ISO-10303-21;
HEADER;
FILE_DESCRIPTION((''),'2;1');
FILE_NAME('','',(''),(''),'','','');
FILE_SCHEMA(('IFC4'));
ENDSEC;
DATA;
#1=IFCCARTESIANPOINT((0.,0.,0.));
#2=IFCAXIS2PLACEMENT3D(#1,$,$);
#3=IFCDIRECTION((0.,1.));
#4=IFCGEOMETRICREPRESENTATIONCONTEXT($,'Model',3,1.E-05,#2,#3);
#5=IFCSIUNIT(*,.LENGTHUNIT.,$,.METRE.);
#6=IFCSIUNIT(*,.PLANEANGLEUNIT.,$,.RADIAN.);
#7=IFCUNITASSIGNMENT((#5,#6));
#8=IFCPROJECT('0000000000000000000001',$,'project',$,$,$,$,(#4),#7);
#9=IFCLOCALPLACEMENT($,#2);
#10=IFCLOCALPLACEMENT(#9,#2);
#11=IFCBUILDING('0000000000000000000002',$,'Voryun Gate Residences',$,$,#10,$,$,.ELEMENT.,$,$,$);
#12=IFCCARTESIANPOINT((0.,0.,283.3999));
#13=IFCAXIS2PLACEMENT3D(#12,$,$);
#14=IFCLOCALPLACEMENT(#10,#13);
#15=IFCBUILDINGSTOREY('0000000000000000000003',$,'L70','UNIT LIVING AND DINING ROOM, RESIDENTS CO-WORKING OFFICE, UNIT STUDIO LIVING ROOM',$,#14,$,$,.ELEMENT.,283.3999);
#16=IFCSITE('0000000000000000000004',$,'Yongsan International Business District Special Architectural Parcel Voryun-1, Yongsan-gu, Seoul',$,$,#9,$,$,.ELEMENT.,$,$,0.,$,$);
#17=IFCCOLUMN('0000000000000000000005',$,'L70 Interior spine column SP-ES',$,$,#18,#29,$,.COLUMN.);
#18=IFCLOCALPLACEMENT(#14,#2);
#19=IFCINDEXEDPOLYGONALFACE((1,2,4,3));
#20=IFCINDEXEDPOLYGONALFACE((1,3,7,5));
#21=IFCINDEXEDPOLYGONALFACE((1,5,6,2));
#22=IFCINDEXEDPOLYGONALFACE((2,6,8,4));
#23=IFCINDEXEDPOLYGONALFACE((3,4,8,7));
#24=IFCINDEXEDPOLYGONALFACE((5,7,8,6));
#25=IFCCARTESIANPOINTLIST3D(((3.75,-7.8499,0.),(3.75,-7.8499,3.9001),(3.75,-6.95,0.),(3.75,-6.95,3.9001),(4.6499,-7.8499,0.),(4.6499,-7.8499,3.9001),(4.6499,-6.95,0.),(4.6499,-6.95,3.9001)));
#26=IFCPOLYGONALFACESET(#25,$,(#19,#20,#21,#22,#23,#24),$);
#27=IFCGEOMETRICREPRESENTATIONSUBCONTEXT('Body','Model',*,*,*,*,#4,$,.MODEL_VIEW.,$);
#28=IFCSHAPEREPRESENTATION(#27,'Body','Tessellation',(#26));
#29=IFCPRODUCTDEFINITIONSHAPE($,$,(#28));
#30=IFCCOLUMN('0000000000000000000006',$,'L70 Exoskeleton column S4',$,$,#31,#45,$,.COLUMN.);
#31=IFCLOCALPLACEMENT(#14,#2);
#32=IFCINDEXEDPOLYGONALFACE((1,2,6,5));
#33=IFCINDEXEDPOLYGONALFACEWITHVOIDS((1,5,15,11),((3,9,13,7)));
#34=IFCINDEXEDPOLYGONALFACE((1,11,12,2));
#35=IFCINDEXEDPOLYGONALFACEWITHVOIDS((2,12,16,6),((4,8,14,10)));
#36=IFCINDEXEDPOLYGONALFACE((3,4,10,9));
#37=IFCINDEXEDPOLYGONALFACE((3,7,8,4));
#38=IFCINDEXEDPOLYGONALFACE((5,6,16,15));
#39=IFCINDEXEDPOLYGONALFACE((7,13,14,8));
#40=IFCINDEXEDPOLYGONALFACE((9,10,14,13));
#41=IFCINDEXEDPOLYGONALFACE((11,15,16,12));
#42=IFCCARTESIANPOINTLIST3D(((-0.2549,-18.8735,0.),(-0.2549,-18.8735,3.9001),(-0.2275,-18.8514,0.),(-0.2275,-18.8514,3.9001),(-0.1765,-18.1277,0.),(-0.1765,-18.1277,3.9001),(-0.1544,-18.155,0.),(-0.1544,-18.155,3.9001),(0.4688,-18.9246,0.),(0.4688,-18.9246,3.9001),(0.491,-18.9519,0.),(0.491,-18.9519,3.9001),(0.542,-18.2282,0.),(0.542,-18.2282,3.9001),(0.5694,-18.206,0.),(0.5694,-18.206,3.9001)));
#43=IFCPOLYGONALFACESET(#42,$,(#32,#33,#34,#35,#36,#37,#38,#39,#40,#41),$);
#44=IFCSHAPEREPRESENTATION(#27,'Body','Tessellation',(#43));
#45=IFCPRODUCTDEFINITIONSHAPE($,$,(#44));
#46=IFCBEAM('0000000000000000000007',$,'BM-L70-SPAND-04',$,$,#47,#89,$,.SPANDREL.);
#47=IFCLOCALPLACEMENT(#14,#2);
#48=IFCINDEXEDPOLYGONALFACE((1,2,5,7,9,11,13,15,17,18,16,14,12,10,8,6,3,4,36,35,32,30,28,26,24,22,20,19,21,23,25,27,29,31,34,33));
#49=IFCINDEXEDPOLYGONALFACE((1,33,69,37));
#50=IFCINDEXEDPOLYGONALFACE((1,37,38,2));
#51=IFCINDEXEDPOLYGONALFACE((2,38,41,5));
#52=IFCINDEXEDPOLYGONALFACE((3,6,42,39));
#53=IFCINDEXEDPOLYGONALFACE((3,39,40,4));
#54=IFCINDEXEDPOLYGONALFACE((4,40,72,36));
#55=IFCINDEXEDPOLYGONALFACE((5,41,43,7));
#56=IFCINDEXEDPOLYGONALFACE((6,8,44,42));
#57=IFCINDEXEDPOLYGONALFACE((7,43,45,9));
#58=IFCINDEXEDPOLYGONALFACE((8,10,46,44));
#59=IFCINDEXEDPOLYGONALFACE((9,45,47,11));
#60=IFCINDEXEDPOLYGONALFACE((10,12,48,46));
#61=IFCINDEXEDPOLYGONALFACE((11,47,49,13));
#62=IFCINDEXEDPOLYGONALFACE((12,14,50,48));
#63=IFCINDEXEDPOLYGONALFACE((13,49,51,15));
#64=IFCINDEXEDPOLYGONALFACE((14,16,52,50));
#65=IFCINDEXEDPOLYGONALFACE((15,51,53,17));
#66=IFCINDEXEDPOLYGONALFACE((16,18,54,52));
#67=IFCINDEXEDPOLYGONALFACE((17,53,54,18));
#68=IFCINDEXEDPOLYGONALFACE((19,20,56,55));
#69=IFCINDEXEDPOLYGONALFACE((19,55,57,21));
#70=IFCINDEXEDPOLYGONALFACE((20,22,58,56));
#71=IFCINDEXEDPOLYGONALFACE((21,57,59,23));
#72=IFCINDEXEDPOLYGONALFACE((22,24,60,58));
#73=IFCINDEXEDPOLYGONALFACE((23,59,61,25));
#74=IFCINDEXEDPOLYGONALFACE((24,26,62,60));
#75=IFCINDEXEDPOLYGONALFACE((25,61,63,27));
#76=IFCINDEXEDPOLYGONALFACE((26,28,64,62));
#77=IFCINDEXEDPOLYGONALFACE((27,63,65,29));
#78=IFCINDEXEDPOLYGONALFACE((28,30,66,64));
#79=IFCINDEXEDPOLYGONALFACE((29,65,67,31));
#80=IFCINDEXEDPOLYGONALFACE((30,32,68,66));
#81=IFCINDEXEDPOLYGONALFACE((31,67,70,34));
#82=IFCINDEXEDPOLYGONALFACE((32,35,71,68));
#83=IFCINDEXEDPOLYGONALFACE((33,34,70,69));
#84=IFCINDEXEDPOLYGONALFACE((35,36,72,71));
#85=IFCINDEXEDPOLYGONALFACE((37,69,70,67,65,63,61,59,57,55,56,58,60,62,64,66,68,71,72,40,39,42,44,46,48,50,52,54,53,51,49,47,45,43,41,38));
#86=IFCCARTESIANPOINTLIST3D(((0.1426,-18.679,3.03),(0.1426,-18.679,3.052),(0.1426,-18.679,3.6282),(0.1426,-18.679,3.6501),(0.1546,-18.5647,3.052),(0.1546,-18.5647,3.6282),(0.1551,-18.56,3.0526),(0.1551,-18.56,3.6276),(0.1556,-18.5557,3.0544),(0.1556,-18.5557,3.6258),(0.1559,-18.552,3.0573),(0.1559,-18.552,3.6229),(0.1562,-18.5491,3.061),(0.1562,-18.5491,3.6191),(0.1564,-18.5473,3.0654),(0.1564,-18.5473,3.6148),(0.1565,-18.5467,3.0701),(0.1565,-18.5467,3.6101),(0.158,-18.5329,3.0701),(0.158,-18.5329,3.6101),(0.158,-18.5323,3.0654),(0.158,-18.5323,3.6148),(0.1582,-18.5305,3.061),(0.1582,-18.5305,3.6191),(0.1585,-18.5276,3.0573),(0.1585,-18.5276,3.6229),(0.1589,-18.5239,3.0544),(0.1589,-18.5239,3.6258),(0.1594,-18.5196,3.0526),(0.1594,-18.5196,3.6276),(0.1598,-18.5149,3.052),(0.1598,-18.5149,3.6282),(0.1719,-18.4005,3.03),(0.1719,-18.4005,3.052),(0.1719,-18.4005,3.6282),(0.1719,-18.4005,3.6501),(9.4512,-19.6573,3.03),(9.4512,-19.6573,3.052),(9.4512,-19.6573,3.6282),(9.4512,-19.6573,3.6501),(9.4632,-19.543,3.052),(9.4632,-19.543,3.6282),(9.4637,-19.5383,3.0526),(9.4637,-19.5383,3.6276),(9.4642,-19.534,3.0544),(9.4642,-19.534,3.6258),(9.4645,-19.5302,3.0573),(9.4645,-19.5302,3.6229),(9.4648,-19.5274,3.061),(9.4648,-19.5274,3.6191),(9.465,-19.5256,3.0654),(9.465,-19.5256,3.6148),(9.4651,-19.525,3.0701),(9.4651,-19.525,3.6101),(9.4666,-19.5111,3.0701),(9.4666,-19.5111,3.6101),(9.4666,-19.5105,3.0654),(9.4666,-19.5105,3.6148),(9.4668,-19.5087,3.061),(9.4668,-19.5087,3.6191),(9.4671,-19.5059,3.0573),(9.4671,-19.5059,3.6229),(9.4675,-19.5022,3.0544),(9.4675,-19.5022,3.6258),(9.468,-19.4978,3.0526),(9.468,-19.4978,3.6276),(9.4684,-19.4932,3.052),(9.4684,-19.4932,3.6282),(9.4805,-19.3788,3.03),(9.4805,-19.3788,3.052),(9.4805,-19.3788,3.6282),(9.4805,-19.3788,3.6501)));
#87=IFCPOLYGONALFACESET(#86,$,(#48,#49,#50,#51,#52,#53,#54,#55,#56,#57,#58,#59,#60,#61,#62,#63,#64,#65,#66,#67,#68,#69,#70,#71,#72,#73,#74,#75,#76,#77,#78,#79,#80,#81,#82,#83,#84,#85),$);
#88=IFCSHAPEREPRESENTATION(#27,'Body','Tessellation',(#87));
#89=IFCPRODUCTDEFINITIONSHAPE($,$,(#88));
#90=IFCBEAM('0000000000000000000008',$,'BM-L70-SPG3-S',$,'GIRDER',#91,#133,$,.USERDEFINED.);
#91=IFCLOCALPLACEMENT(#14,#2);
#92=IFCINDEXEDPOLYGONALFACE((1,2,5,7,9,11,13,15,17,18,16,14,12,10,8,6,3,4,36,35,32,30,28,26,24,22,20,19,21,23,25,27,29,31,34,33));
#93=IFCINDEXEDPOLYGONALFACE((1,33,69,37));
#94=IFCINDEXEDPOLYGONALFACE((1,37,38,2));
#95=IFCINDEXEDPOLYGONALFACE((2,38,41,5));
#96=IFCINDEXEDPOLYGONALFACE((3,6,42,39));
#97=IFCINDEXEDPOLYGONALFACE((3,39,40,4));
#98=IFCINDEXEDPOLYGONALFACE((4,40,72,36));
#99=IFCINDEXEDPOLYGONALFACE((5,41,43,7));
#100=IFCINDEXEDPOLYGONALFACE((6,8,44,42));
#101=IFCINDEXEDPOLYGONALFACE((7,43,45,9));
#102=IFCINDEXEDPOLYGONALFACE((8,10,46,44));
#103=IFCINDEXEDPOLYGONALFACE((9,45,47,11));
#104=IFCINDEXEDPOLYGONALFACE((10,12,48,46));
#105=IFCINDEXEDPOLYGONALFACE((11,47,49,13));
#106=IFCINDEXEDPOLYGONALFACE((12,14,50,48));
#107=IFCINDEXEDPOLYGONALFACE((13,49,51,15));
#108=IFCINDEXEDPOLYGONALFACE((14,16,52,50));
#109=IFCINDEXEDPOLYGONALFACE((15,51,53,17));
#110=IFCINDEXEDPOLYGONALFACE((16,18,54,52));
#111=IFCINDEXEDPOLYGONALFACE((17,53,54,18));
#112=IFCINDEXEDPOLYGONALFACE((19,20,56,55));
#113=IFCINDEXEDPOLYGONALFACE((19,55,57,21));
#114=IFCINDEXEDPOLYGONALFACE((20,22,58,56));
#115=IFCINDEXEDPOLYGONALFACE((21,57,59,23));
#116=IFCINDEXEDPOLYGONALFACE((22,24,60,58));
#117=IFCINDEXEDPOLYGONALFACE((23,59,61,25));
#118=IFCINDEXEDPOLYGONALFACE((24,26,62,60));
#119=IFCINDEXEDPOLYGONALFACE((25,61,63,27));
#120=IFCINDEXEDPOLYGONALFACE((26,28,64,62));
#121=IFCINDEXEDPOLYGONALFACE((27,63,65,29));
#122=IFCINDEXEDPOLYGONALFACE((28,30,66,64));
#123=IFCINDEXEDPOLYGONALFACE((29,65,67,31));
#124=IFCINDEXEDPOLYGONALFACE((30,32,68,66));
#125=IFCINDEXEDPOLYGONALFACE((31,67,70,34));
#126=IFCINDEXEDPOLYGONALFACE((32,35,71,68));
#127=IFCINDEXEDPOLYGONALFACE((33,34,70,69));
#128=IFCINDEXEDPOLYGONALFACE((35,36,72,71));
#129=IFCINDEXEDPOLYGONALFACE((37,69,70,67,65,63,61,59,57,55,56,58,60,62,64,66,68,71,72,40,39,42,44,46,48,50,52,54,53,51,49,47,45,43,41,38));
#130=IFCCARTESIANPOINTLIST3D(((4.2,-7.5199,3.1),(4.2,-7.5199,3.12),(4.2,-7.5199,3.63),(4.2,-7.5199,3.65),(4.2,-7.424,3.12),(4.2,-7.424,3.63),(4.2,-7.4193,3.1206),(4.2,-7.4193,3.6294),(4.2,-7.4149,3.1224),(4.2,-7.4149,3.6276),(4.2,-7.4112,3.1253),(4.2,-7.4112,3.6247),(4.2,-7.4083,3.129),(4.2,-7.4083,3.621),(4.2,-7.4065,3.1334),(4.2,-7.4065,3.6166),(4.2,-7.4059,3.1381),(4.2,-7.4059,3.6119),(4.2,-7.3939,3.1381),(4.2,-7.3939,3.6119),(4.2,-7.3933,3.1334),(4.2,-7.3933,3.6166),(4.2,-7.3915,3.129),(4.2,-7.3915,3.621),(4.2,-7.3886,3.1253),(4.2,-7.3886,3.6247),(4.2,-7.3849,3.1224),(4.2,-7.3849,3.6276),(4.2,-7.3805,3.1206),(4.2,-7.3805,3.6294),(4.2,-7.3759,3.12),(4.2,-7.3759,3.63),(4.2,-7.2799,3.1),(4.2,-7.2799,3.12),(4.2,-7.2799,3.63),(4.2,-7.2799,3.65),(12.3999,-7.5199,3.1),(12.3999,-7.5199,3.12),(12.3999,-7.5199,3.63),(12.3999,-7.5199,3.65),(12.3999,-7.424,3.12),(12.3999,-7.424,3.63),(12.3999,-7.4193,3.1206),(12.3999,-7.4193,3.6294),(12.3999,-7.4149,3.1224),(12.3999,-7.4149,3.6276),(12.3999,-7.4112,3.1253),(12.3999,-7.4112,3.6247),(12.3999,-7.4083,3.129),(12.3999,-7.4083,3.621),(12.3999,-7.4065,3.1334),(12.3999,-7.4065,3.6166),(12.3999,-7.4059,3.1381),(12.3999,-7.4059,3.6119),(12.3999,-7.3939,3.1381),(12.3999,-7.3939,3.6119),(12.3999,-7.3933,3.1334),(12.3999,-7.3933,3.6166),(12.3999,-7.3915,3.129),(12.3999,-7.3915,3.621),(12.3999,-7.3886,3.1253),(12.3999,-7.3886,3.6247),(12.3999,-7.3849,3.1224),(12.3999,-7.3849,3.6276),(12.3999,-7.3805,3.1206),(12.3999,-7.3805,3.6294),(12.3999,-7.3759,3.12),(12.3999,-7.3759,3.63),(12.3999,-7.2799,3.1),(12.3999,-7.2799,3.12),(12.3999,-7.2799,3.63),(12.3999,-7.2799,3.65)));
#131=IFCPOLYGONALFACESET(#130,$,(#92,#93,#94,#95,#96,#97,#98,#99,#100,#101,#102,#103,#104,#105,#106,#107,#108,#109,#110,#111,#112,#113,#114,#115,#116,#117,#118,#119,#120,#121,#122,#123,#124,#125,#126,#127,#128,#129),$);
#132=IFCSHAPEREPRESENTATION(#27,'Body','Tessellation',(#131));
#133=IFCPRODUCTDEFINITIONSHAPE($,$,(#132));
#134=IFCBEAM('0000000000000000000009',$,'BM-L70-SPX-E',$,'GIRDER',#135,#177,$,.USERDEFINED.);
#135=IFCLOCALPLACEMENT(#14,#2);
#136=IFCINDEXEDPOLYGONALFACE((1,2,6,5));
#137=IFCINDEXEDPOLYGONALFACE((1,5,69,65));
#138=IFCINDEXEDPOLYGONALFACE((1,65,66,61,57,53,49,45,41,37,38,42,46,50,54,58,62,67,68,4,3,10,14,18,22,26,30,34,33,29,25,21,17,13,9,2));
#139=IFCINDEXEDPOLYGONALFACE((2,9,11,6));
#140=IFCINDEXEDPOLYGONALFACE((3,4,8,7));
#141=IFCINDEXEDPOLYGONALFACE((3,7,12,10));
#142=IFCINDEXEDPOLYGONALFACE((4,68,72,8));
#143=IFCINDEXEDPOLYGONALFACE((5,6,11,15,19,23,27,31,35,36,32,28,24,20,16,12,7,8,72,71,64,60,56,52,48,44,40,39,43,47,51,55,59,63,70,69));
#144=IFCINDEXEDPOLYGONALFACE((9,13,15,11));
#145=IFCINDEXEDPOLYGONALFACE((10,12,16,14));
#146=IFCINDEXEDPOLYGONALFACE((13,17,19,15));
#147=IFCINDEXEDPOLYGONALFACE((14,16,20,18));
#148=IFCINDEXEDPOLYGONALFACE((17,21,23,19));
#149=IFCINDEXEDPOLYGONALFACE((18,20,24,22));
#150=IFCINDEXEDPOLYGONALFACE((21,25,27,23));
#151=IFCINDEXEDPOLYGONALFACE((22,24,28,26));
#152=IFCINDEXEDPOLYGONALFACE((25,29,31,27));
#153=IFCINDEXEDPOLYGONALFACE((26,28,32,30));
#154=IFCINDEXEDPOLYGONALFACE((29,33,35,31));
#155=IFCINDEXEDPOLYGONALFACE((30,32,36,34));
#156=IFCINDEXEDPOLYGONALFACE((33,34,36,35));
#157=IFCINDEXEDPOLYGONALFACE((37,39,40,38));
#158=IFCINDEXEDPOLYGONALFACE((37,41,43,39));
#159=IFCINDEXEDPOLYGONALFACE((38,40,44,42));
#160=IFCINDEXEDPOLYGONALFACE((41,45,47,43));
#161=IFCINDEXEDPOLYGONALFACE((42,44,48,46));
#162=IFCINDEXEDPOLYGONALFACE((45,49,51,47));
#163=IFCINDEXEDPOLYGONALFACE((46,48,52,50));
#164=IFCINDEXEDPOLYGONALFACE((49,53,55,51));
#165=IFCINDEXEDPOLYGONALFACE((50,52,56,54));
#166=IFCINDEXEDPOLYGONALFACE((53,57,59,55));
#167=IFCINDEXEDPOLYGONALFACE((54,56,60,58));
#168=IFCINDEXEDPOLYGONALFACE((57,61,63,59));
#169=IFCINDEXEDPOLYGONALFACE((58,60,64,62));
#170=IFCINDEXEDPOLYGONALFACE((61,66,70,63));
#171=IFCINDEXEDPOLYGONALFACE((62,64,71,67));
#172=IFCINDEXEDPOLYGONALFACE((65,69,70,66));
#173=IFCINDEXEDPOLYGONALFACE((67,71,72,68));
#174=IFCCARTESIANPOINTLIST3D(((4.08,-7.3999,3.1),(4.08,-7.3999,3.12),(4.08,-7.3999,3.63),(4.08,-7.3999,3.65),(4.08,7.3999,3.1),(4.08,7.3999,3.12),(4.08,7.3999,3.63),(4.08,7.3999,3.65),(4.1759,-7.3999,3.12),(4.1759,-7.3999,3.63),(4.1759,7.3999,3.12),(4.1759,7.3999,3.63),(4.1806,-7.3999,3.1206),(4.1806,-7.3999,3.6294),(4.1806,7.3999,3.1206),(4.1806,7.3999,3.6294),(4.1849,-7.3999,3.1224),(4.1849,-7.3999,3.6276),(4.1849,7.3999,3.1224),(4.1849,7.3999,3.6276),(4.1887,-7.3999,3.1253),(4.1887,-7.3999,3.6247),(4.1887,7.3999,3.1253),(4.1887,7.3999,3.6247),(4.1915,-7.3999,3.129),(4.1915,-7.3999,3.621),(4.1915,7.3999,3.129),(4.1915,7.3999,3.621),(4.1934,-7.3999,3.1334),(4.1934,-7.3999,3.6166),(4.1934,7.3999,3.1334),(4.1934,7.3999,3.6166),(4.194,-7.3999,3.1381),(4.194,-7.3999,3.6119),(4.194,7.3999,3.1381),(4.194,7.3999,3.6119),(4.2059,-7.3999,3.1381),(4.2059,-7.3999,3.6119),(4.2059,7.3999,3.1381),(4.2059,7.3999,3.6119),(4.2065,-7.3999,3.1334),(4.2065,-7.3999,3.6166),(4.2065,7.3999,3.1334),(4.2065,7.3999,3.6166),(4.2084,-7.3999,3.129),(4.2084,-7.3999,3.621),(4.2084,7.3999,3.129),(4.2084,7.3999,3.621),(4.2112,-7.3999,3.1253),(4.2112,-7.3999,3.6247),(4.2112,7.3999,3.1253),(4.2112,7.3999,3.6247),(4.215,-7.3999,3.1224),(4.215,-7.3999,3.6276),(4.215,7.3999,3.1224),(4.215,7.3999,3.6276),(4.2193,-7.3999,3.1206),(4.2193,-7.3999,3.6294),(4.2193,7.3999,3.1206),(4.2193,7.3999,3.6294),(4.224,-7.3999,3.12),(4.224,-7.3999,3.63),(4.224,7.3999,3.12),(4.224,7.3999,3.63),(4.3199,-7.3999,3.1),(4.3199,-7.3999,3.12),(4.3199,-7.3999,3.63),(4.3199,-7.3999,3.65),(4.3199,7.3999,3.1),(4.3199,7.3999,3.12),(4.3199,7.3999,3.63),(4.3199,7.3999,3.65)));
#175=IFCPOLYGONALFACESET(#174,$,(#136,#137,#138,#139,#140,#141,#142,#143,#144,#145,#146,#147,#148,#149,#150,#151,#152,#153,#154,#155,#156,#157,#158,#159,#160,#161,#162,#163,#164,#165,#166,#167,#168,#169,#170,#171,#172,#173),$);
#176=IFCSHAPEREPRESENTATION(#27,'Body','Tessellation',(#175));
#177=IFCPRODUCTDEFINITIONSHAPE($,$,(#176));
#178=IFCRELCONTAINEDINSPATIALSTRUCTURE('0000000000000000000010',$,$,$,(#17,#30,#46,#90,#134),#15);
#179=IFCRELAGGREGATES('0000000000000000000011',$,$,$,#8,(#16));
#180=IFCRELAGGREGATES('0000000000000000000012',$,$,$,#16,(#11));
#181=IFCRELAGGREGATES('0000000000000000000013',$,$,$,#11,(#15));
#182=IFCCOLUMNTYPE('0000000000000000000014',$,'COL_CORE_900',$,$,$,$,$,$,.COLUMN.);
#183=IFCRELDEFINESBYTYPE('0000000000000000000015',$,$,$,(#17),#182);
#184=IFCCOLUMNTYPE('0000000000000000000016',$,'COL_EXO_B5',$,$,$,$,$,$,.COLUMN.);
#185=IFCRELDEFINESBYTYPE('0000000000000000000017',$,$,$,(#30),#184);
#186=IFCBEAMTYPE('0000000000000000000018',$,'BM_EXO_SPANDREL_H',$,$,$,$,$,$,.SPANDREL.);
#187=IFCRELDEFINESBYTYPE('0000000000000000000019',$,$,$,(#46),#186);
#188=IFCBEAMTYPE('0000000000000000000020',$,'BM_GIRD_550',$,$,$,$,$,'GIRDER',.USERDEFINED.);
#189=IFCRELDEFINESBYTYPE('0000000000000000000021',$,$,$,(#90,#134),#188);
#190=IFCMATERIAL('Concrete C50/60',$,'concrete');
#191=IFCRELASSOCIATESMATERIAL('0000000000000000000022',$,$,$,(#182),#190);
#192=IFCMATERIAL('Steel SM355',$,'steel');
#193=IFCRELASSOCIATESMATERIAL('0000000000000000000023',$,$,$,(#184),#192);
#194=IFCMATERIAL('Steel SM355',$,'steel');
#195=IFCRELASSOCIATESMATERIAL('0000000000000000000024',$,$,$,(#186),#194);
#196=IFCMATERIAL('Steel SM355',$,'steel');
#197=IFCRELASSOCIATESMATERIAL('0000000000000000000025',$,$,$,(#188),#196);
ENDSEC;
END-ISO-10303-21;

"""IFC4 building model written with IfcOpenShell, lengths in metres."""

from ifc_helpers import new_model, si_unit, direction, frame, origin, origin_2d, place, context, subcontext, project, spatial, rectangle, hollow_rectangle, i_section, extrude, material, material_profile, profile_set, type_object, element, save


model = new_model("IFC4")

# Units and contexts
model_context = context("Model", 3, precision=1e-05, world=origin(), true_north=direction((0.0, 1.0)))
body_context = subcontext(model_context, "Body", "Model", "MODEL_VIEW")
ifc_project = project(units=[si_unit("LENGTHUNIT", "METRE"), si_unit("PLANEANGLEUNIT", "RADIAN")], contexts=[model_context])

# Site, building, storey
site_placement = place(None, origin())
site = spatial("IfcSite", under=ifc_project, at=site_placement, Name="Yongsan International Business District Special Architectural Parcel Voryun-1, Yongsan-gu, Seoul", CompositionType="ELEMENT", RefElevation=0.0)
building_placement = place(site_placement, origin())
building = spatial("IfcBuilding", under=site, at=building_placement, Name="Voryun Gate Residences", CompositionType="ELEMENT")
storey_placement = place(building_placement, frame((0.0, 0.0, 283.3999)))
storey = spatial("IfcBuildingStorey", under=building, at=storey_placement, Name="L70", Description="UNIT LIVING AND DINING ROOM, RESIDENTS CO-WORKING OFFICE, UNIT STUDIO LIVING ROOM", CompositionType="ELEMENT", Elevation=283.3999)

# Columns
ifc_material_1 = material(Name="Concrete C50/60", Category="concrete")
ifc_material_profile_1 = material_profile(ifc_material_1, rectangle(XDim=0.8999, YDim=0.8999, at=origin_2d()), Name="RC-900x900")
ifc_profile_set_1 = profile_set([ifc_material_profile_1], Name="Concrete C50/60")
column_type_1 = type_object("IfcColumnType", Name="COL_CORE_900", PredefinedType="COLUMN", material=ifc_profile_set_1)
column_1_placement = place(storey_placement, frame((4.2, -7.3999, 0.0), z_axis=(0.0, 0.0, 1.0), x_axis=(1.0, 0.0, 0.0)))
element("IfcColumn", 1, at=column_1_placement, inside=storey, type_object=column_type_1, Name="L70 Interior spine column SP-ES", PredefinedType="COLUMN", context=body_context, shape_type="SweptSolid", body=[
    extrude(rectangle(XDim=0.8999, YDim=0.8999, at=origin_2d()), origin(), (0.0, 0.0, 1.0), 3.9001),
])
ifc_material_2 = material(Name="Steel SM355", Category="steel")
ifc_material_profile_2 = material_profile(ifc_material_2, hollow_rectangle(XDim=0.75, YDim=0.75, WallThickness=0.0249, at=origin_2d()), Name="BOX-750x750x25")
ifc_profile_set_2 = profile_set([ifc_material_profile_2], Name="Steel SM355")
column_type_2 = type_object("IfcColumnType", Name="COL_EXO_B5", PredefinedType="COLUMN", material=ifc_profile_set_2)
column_2_placement = place(storey_placement, frame((0.1572, -18.5398, 0.0), z_axis=(0.0, 0.0, 1.0), x_axis=(0.994522, -0.104528, 0.0)))
element("IfcColumn", 2, at=column_2_placement, inside=storey, type_object=column_type_2, Name="L70 Exoskeleton column S4", PredefinedType="COLUMN", context=body_context, shape_type="SweptSolid", body=[
    extrude(hollow_rectangle(XDim=0.75, YDim=0.75, WallThickness=0.0249, at=origin_2d()), origin(), (0.0, 0.0, 1.0), 3.9001),
])

# Beams
ifc_material_3 = material(Name="Steel SM355", Category="steel")
ifc_material_profile_3 = material_profile(ifc_material_3, i_section(OverallWidth=0.28, OverallDepth=0.6201, WebThickness=0.0139, FlangeThickness=0.022, FilletRadius=0.0181, at=origin_2d()), Name="H-620x280x14x22")
ifc_profile_set_3 = profile_set([ifc_material_profile_3], Name="Steel SM355")
beam_type_1 = type_object("IfcBeamType", Name="BM_EXO_SPANDREL_H", PredefinedType="SPANDREL", material=ifc_profile_set_3)
beam_1_placement = place(storey_placement, frame((0.1572, -18.5398, 3.3401), z_axis=(0.994523, -0.104518, 0.0), x_axis=(0.104518, 0.994523, 0.0)))
element("IfcBeam", 3, at=beam_1_placement, inside=storey, type_object=beam_type_1, Name="BM-L70-SPAND-04", PredefinedType="SPANDREL", context=body_context, shape_type="SweptSolid", body=[
    extrude(i_section(OverallWidth=0.28, OverallDepth=0.6201, WebThickness=0.0139, FlangeThickness=0.022, FilletRadius=0.0181, at=origin_2d()), origin(), (0.0, 0.0, 1.0), 9.3599),
])
ifc_material_4 = material(Name="Steel SM355", Category="steel")
ifc_material_profile_4 = material_profile(ifc_material_4, i_section(OverallWidth=0.24, OverallDepth=0.55, WebThickness=0.012, FlangeThickness=0.02, FilletRadius=0.0181, at=origin_2d()), Name="H-550x240x12x20")
ifc_profile_set_4 = profile_set([ifc_material_profile_4], Name="Steel SM355")
beam_type_2 = type_object("IfcBeamType", Name="BM_GIRD_550", ElementType="GIRDER", PredefinedType="USERDEFINED", material=ifc_profile_set_4)
beam_2_placement = place(storey_placement, frame((4.2, -7.3999, 3.375), z_axis=(1.0, 0.0, 0.0), x_axis=(0.0, 1.0, 0.0)))
element("IfcBeam", 4, at=beam_2_placement, inside=storey, type_object=beam_type_2, Name="BM-L70-SPG3-S", ObjectType="GIRDER", PredefinedType="USERDEFINED", context=body_context, shape_type="SweptSolid", body=[
    extrude(i_section(OverallWidth=0.24, OverallDepth=0.55, WebThickness=0.012, FlangeThickness=0.02, FilletRadius=0.0181, at=origin_2d()), origin(), (0.0, 0.0, 1.0), 8.2),
])
beam_3_placement = place(storey_placement, frame((4.2, -7.3999, 3.375), z_axis=(0.0, 1.0, 0.0), x_axis=(-1.0, 0.0, 0.0)))
element("IfcBeam", 5, at=beam_3_placement, inside=storey, type_object=beam_type_2, Name="BM-L70-SPX-E", ObjectType="GIRDER", PredefinedType="USERDEFINED", context=body_context, shape_type="SweptSolid", body=[
    extrude(i_section(OverallWidth=0.24, OverallDepth=0.55, WebThickness=0.012, FlangeThickness=0.02, FilletRadius=0.0181, at=origin_2d()), origin(), (0.0, 0.0, 1.0), 14.7998),
])

save(model, "model.ifc")
